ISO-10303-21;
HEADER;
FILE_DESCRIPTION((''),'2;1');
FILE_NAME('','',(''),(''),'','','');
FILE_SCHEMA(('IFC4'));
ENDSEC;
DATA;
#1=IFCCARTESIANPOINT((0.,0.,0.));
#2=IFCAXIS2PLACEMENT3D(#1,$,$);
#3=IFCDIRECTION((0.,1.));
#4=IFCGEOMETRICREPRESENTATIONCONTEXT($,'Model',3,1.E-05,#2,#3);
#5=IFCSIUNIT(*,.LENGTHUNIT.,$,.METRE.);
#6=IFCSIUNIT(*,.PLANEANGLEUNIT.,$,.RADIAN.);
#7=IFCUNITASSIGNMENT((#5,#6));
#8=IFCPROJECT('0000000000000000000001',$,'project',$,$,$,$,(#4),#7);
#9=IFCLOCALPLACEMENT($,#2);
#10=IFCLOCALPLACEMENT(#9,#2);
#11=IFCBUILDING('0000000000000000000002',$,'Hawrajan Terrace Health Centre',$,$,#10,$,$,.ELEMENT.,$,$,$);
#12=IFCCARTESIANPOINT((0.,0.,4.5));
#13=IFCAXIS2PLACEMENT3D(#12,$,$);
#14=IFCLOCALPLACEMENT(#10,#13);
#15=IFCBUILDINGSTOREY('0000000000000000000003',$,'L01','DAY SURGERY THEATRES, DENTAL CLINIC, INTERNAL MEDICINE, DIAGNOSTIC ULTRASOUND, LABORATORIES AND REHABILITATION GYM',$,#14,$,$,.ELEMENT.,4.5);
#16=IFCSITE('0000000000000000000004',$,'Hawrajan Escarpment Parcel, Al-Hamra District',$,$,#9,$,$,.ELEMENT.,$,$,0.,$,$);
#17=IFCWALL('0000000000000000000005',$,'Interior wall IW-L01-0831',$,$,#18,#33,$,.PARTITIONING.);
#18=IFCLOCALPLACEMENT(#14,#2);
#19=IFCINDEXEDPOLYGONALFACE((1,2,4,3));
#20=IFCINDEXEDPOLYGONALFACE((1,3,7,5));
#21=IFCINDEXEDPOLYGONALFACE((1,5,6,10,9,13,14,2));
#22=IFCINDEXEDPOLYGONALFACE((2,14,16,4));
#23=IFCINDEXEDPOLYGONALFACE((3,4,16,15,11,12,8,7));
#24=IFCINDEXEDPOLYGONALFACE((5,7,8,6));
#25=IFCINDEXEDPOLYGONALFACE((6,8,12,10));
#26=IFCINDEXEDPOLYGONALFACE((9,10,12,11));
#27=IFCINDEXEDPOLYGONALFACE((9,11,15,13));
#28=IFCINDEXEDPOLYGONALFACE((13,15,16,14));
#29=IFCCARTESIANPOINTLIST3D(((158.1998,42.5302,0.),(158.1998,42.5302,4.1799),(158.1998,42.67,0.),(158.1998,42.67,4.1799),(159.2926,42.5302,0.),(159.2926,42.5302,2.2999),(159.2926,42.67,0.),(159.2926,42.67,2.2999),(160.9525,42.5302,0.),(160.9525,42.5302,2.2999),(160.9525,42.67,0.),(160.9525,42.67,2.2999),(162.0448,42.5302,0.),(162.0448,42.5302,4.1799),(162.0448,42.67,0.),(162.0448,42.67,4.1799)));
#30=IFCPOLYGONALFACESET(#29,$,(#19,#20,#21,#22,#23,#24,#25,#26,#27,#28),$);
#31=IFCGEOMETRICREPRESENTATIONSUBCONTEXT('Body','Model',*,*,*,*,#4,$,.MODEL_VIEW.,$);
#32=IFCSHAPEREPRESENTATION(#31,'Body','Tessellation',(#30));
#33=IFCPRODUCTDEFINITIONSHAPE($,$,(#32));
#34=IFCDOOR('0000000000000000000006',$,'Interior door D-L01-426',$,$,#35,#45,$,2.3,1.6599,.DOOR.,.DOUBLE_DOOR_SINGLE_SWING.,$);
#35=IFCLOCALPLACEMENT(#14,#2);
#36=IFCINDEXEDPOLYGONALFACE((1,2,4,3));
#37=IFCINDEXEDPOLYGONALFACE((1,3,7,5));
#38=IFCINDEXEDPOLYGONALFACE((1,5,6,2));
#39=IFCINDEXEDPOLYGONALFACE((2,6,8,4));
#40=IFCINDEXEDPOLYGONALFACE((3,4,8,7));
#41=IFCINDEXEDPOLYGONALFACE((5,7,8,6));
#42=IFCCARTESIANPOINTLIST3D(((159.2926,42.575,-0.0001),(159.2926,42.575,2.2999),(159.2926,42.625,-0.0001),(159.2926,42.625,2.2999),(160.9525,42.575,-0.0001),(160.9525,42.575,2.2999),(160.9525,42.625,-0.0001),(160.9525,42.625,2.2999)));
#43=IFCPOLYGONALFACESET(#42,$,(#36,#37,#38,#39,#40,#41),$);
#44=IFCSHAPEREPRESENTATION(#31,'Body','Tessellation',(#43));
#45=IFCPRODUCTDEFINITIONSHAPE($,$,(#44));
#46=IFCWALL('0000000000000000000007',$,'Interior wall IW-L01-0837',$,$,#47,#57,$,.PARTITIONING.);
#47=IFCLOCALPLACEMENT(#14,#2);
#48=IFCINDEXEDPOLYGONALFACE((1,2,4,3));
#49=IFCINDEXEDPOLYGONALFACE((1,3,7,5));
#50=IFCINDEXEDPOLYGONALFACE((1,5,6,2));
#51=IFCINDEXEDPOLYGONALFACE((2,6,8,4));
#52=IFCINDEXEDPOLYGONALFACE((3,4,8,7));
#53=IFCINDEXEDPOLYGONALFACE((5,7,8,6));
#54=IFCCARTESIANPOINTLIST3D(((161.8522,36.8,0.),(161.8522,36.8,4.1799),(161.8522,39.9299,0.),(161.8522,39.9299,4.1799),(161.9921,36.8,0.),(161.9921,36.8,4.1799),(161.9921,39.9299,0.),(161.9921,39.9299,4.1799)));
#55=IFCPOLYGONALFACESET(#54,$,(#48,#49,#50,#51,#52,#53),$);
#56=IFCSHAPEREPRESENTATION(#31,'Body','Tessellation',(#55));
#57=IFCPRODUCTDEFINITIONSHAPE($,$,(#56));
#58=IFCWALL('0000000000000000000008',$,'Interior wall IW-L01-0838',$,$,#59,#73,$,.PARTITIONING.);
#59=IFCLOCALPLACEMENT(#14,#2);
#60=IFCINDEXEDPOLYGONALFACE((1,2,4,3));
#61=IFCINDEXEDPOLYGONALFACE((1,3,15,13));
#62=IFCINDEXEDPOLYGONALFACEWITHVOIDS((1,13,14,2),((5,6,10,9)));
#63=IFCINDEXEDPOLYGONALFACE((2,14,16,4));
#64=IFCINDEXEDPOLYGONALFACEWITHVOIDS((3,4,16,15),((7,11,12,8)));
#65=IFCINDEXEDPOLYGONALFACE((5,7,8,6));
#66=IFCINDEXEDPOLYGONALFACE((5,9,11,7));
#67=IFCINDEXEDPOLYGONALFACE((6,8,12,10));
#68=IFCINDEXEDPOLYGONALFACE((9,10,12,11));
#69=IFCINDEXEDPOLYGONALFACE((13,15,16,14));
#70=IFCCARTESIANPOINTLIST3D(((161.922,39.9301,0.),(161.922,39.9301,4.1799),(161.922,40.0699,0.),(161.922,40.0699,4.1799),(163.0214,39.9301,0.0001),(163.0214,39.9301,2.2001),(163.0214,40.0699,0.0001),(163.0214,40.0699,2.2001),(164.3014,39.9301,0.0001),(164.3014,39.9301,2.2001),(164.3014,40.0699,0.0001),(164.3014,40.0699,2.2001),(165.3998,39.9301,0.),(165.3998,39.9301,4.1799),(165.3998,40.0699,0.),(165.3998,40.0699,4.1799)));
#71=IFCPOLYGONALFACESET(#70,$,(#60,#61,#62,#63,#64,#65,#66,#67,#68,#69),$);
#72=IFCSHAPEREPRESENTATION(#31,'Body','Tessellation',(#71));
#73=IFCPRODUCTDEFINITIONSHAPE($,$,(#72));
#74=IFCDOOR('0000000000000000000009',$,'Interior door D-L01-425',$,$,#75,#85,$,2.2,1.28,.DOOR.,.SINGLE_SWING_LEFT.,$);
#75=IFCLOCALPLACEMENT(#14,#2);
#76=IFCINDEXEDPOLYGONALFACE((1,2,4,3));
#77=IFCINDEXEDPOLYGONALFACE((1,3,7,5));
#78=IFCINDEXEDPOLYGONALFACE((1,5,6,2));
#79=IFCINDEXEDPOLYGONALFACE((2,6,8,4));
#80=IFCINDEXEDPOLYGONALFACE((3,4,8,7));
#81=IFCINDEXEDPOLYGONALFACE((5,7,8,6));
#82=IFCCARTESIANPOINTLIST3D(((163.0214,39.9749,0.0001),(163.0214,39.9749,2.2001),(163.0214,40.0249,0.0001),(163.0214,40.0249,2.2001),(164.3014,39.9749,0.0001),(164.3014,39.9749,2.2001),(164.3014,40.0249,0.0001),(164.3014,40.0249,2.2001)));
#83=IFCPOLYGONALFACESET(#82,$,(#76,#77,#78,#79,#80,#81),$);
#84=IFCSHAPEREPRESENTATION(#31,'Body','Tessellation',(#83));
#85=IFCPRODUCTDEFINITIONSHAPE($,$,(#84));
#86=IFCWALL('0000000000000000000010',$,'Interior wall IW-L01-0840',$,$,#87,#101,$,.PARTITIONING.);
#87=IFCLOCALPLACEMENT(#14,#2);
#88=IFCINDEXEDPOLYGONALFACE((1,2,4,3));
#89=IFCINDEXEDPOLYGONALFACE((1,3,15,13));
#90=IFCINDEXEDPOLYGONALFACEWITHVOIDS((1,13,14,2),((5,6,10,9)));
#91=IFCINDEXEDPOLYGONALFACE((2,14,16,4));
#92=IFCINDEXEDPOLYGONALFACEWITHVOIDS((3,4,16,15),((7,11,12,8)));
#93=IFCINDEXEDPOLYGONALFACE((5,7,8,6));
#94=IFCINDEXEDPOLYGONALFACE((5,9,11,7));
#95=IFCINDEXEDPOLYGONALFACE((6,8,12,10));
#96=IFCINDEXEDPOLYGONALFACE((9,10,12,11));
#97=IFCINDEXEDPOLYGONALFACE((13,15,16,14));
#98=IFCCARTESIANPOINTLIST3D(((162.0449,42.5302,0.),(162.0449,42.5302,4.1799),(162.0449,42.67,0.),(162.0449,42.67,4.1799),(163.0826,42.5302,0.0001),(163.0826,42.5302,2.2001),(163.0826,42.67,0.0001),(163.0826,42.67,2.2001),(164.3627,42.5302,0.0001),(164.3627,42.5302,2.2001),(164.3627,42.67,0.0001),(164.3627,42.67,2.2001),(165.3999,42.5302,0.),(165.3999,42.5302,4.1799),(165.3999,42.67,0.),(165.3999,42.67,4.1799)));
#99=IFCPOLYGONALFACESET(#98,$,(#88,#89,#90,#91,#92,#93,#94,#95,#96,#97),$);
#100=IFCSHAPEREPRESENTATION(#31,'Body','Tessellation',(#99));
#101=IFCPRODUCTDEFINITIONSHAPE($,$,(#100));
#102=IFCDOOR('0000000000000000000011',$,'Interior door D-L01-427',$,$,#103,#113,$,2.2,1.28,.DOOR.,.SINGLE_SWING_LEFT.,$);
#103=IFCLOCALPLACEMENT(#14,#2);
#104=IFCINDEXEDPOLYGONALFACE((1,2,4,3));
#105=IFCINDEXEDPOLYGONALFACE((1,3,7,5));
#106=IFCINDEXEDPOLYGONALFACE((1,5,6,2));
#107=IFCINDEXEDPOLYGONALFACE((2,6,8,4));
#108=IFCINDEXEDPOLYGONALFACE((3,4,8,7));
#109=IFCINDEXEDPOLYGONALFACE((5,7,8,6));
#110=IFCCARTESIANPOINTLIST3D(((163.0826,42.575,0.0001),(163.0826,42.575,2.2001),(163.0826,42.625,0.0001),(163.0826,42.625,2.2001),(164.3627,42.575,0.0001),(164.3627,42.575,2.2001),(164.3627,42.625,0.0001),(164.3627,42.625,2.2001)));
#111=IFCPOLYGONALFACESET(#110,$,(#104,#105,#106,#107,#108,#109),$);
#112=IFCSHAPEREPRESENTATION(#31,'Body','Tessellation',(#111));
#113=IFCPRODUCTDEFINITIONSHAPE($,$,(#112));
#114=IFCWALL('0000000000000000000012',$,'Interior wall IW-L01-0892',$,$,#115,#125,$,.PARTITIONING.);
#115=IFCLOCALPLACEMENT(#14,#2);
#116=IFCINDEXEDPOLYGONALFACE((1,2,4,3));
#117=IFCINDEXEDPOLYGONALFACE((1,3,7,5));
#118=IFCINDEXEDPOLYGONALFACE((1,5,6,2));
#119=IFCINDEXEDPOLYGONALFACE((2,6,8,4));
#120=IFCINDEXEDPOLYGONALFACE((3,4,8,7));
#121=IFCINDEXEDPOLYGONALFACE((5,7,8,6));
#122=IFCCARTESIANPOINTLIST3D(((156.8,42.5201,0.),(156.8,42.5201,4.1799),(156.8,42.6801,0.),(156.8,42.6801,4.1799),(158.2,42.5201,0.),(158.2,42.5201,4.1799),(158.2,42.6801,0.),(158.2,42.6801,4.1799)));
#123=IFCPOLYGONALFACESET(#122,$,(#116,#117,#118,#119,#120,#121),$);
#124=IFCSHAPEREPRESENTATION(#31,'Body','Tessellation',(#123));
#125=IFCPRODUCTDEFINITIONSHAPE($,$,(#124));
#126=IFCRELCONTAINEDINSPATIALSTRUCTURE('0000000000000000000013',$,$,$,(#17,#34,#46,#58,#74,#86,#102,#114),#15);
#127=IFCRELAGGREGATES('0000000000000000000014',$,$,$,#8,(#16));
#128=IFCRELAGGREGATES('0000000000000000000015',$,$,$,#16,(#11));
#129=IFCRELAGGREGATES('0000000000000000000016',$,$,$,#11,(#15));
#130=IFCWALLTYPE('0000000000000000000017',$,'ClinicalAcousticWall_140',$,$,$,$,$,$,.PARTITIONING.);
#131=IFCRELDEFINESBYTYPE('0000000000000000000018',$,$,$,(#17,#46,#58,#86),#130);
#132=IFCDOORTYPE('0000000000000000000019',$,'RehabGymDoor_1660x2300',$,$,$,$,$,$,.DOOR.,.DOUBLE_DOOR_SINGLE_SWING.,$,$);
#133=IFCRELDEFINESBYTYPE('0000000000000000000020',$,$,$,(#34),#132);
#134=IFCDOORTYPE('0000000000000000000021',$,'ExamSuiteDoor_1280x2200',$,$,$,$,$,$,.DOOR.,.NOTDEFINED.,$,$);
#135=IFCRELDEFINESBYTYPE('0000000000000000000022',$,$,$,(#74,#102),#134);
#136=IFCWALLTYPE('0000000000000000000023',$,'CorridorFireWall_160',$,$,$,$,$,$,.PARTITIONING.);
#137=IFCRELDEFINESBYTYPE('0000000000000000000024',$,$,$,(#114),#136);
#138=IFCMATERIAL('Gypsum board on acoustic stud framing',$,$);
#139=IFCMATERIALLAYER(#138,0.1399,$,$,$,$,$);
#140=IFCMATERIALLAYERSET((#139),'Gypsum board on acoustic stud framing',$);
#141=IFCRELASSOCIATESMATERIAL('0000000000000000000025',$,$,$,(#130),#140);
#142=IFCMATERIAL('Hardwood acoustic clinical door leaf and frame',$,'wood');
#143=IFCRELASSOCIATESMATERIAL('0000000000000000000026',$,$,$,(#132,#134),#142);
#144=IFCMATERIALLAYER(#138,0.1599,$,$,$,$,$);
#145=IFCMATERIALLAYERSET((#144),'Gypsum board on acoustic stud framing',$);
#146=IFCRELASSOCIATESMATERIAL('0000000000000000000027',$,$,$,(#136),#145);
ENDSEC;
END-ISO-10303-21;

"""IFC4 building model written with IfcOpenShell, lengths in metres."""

from ifc_helpers import new_model, si_unit, direction, frame, frame_2d, origin, place, context, subcontext, project, spatial, rectangle, extrude, material, layer, layer_set, type_object, element, fill, save


model = new_model("IFC4")

# Units and contexts
model_context = context("Model", 3, precision=1e-05, world=origin(), true_north=direction((0.0, 1.0)))
body_context = subcontext(model_context, "Body", "Model", "MODEL_VIEW")
ifc_project = project(units=[si_unit("LENGTHUNIT", "METRE"), si_unit("PLANEANGLEUNIT", "RADIAN")], contexts=[model_context])

# Site, building, storey
site_placement = place(None, origin())
site = spatial("IfcSite", under=ifc_project, at=site_placement, Name="Hawrajan Escarpment Parcel, Al-Hamra District", CompositionType="ELEMENT", RefElevation=0.0)
building_placement = place(site_placement, origin())
building = spatial("IfcBuilding", under=site, at=building_placement, Name="Hawrajan Terrace Health Centre", CompositionType="ELEMENT")
storey_placement = place(building_placement, frame((0.0, 0.0, 4.5)))
storey = spatial("IfcBuildingStorey", under=building, at=storey_placement, Name="L01", Description="DAY SURGERY THEATRES, DENTAL CLINIC, INTERNAL MEDICINE, DIAGNOSTIC ULTRASOUND, LABORATORIES AND REHABILITATION GYM", CompositionType="ELEMENT", Elevation=4.5)

# Shared definitions
ifc_material_1 = material(Name="Gypsum board on acoustic stud framing")
ifc_layer_1 = layer(ifc_material_1, 0.1399)
ifc_layer_set_1 = layer_set([ifc_layer_1], Name="Gypsum board on acoustic stud framing")
wall_type_1 = type_object("IfcWallType", Name="ClinicalAcousticWall_140", PredefinedType="PARTITIONING", material=ifc_layer_set_1)

# Wall, opening, door
ifc_material_2 = material(Name="Hardwood acoustic clinical door leaf and frame", Category="wood")
door_type_1 = type_object("IfcDoorType", Name="RehabGymDoor_1660x2300", OperationType="DOUBLE_DOOR_SINGLE_SWING", PredefinedType="DOOR", material=ifc_material_2)
wall_1_placement = place(storey_placement, frame((158.2, 42.6001, 0.0), z_axis=(0.0, 0.0, 1.0), x_axis=(1.0, 0.0, 0.0)))
wall_1 = element("IfcWall", 1, at=wall_1_placement, inside=storey, type_object=wall_type_1, Name="Interior wall IW-L01-0831", PredefinedType="PARTITIONING", context=body_context, shape_type="SweptSolid", body=[
    extrude(rectangle(XDim=3.845, YDim=0.1399, at=frame_2d((1.9224, 0.0))), origin(), (0.0, 0.0, 1.0), 4.1799),
])
opening_1_placement = place(wall_1_placement, frame((1.0925, 0.0, 0.0)))
opening_1 = element("IfcOpeningElement", 2, at=opening_1_placement, cuts=wall_1, PredefinedType="OPENING", context=body_context, shape_type="SweptSolid", body=[
    extrude(rectangle(XDim=1.6599, YDim=2.3, at=frame_2d((0.8301, 1.1499))), frame((0.0, 0.0798, 0.0), z_axis=(0.0, -1.0, 0.0), x_axis=(1.0, 0.0, 0.0)), (0.0, 0.0, 1.0), 0.1599),
])
door_1_placement = place(opening_1_placement, origin())
door_1 = element("IfcDoor", 3, at=door_1_placement, inside=storey, type_object=door_type_1, Name="Interior door D-L01-426", OperationType="DOUBLE_DOOR_SINGLE_SWING", OverallHeight=2.3, OverallWidth=1.6599, PredefinedType="DOOR", context=body_context, shape_type="SweptSolid", body=[
    extrude(rectangle(XDim=1.6599, YDim=2.3, at=frame_2d((0.8301, 1.1499))), frame((0.0, 0.0249, 0.0), z_axis=(0.0, -1.0, 0.0), x_axis=(1.0, 0.0, 0.0)), (0.0, 0.0, 1.0), 0.05),
])
fill(opening_1, door_1)

# Wall
wall_2_placement = place(storey_placement, frame((161.9221, 36.8, 0.0), z_axis=(0.0, 0.0, 1.0), x_axis=(0.0, 1.0, 0.0)))
element("IfcWall", 4, at=wall_2_placement, inside=storey, type_object=wall_type_1, Name="Interior wall IW-L01-0837", PredefinedType="PARTITIONING", context=body_context, shape_type="SweptSolid", body=[
    extrude(rectangle(XDim=3.1299, YDim=0.1399, at=frame_2d((1.5649, 0.0))), origin(), (0.0, 0.0, 1.0), 4.1799),
])

# Walls, openings, doors
wall_3_placement = place(storey_placement, frame((161.9221, 40.0, 0.0), z_axis=(0.0, 0.0, 1.0), x_axis=(1.0, 0.0, 0.0)))
wall_3 = element("IfcWall", 5, at=wall_3_placement, inside=storey, type_object=wall_type_1, Name="Interior wall IW-L01-0838", PredefinedType="PARTITIONING", context=body_context, shape_type="SweptSolid", body=[
    extrude(rectangle(XDim=3.4778, YDim=0.1399, at=frame_2d((1.7388, 0.0))), origin(), (0.0, 0.0, 1.0), 4.1799),
])
opening_2_placement = place(wall_3_placement, frame((1.0991, 0.0, 0.0)))
opening_2 = element("IfcOpeningElement", 6, at=opening_2_placement, cuts=wall_3, PredefinedType="OPENING", context=body_context, shape_type="SweptSolid", body=[
    extrude(rectangle(XDim=1.28, YDim=2.2, at=frame_2d((0.6401, 1.1001))), frame((0.0, 0.0798, 0.0), z_axis=(0.0, -1.0, 0.0), x_axis=(1.0, 0.0, 0.0)), (0.0, 0.0, 1.0), 0.1599),
])
door_type_2 = type_object("IfcDoorType", Name="ExamSuiteDoor_1280x2200", OperationType="NOTDEFINED", PredefinedType="DOOR", material=ifc_material_2)
door_2_placement = place(opening_2_placement, origin())
door_2 = element("IfcDoor", 7, at=door_2_placement, inside=storey, type_object=door_type_2, Name="Interior door D-L01-425", OperationType="SINGLE_SWING_LEFT", OverallHeight=2.2, OverallWidth=1.28, PredefinedType="DOOR", context=body_context, shape_type="SweptSolid", body=[
    extrude(rectangle(XDim=1.28, YDim=2.2, at=frame_2d((0.6401, 1.1001))), frame((0.0, 0.0249, 0.0), z_axis=(0.0, -1.0, 0.0), x_axis=(1.0, 0.0, 0.0)), (0.0, 0.0, 1.0), 0.05),
])
fill(opening_2, door_2)
wall_4_placement = place(storey_placement, frame((162.0449, 42.6001, 0.0), z_axis=(0.0, 0.0, 1.0), x_axis=(1.0, 0.0, 0.0)))
wall_4 = element("IfcWall", 8, at=wall_4_placement, inside=storey, type_object=wall_type_1, Name="Interior wall IW-L01-0840", PredefinedType="PARTITIONING", context=body_context, shape_type="SweptSolid", body=[
    extrude(rectangle(XDim=3.355, YDim=0.1399, at=frame_2d((1.6775, 0.0))), origin(), (0.0, 0.0, 1.0), 4.1799),
])
opening_3_placement = place(wall_4_placement, frame((1.0376, 0.0, 0.0)))
opening_3 = element("IfcOpeningElement", 9, at=opening_3_placement, cuts=wall_4, PredefinedType="OPENING", context=body_context, shape_type="SweptSolid", body=[
    extrude(rectangle(XDim=1.28, YDim=2.2, at=frame_2d((0.6401, 1.1001))), frame((0.0, 0.0798, 0.0), z_axis=(0.0, -1.0, 0.0), x_axis=(1.0, 0.0, 0.0)), (0.0, 0.0, 1.0), 0.1599),
])
door_3_placement = place(opening_3_placement, origin())
door_3 = element("IfcDoor", 10, at=door_3_placement, inside=storey, type_object=door_type_2, Name="Interior door D-L01-427", OperationType="SINGLE_SWING_LEFT", OverallHeight=2.2, OverallWidth=1.28, PredefinedType="DOOR", context=body_context, shape_type="SweptSolid", body=[
    extrude(rectangle(XDim=1.28, YDim=2.2, at=frame_2d((0.6401, 1.1001))), frame((0.0, 0.0249, 0.0), z_axis=(0.0, -1.0, 0.0), x_axis=(1.0, 0.0, 0.0)), (0.0, 0.0, 1.0), 0.05),
])
fill(opening_3, door_3)

# Wall
ifc_layer_2 = layer(ifc_material_1, 0.1599)
ifc_layer_set_2 = layer_set([ifc_layer_2], Name="Gypsum board on acoustic stud framing")
wall_type_2 = type_object("IfcWallType", Name="CorridorFireWall_160", PredefinedType="PARTITIONING", material=ifc_layer_set_2)
wall_5_placement = place(storey_placement, frame((158.2, 42.6001, 0.0), z_axis=(0.0, 0.0, 1.0), x_axis=(-1.0, 0.0, 0.0)))
element("IfcWall", 11, at=wall_5_placement, inside=storey, type_object=wall_type_2, Name="Interior wall IW-L01-0892", PredefinedType="PARTITIONING", context=body_context, shape_type="SweptSolid", body=[
    extrude(rectangle(XDim=1.3999, YDim=0.1599, at=frame_2d((0.7, 0.0))), origin(), (0.0, 0.0, 1.0), 4.1799),
])

save(model, "model.ifc")
